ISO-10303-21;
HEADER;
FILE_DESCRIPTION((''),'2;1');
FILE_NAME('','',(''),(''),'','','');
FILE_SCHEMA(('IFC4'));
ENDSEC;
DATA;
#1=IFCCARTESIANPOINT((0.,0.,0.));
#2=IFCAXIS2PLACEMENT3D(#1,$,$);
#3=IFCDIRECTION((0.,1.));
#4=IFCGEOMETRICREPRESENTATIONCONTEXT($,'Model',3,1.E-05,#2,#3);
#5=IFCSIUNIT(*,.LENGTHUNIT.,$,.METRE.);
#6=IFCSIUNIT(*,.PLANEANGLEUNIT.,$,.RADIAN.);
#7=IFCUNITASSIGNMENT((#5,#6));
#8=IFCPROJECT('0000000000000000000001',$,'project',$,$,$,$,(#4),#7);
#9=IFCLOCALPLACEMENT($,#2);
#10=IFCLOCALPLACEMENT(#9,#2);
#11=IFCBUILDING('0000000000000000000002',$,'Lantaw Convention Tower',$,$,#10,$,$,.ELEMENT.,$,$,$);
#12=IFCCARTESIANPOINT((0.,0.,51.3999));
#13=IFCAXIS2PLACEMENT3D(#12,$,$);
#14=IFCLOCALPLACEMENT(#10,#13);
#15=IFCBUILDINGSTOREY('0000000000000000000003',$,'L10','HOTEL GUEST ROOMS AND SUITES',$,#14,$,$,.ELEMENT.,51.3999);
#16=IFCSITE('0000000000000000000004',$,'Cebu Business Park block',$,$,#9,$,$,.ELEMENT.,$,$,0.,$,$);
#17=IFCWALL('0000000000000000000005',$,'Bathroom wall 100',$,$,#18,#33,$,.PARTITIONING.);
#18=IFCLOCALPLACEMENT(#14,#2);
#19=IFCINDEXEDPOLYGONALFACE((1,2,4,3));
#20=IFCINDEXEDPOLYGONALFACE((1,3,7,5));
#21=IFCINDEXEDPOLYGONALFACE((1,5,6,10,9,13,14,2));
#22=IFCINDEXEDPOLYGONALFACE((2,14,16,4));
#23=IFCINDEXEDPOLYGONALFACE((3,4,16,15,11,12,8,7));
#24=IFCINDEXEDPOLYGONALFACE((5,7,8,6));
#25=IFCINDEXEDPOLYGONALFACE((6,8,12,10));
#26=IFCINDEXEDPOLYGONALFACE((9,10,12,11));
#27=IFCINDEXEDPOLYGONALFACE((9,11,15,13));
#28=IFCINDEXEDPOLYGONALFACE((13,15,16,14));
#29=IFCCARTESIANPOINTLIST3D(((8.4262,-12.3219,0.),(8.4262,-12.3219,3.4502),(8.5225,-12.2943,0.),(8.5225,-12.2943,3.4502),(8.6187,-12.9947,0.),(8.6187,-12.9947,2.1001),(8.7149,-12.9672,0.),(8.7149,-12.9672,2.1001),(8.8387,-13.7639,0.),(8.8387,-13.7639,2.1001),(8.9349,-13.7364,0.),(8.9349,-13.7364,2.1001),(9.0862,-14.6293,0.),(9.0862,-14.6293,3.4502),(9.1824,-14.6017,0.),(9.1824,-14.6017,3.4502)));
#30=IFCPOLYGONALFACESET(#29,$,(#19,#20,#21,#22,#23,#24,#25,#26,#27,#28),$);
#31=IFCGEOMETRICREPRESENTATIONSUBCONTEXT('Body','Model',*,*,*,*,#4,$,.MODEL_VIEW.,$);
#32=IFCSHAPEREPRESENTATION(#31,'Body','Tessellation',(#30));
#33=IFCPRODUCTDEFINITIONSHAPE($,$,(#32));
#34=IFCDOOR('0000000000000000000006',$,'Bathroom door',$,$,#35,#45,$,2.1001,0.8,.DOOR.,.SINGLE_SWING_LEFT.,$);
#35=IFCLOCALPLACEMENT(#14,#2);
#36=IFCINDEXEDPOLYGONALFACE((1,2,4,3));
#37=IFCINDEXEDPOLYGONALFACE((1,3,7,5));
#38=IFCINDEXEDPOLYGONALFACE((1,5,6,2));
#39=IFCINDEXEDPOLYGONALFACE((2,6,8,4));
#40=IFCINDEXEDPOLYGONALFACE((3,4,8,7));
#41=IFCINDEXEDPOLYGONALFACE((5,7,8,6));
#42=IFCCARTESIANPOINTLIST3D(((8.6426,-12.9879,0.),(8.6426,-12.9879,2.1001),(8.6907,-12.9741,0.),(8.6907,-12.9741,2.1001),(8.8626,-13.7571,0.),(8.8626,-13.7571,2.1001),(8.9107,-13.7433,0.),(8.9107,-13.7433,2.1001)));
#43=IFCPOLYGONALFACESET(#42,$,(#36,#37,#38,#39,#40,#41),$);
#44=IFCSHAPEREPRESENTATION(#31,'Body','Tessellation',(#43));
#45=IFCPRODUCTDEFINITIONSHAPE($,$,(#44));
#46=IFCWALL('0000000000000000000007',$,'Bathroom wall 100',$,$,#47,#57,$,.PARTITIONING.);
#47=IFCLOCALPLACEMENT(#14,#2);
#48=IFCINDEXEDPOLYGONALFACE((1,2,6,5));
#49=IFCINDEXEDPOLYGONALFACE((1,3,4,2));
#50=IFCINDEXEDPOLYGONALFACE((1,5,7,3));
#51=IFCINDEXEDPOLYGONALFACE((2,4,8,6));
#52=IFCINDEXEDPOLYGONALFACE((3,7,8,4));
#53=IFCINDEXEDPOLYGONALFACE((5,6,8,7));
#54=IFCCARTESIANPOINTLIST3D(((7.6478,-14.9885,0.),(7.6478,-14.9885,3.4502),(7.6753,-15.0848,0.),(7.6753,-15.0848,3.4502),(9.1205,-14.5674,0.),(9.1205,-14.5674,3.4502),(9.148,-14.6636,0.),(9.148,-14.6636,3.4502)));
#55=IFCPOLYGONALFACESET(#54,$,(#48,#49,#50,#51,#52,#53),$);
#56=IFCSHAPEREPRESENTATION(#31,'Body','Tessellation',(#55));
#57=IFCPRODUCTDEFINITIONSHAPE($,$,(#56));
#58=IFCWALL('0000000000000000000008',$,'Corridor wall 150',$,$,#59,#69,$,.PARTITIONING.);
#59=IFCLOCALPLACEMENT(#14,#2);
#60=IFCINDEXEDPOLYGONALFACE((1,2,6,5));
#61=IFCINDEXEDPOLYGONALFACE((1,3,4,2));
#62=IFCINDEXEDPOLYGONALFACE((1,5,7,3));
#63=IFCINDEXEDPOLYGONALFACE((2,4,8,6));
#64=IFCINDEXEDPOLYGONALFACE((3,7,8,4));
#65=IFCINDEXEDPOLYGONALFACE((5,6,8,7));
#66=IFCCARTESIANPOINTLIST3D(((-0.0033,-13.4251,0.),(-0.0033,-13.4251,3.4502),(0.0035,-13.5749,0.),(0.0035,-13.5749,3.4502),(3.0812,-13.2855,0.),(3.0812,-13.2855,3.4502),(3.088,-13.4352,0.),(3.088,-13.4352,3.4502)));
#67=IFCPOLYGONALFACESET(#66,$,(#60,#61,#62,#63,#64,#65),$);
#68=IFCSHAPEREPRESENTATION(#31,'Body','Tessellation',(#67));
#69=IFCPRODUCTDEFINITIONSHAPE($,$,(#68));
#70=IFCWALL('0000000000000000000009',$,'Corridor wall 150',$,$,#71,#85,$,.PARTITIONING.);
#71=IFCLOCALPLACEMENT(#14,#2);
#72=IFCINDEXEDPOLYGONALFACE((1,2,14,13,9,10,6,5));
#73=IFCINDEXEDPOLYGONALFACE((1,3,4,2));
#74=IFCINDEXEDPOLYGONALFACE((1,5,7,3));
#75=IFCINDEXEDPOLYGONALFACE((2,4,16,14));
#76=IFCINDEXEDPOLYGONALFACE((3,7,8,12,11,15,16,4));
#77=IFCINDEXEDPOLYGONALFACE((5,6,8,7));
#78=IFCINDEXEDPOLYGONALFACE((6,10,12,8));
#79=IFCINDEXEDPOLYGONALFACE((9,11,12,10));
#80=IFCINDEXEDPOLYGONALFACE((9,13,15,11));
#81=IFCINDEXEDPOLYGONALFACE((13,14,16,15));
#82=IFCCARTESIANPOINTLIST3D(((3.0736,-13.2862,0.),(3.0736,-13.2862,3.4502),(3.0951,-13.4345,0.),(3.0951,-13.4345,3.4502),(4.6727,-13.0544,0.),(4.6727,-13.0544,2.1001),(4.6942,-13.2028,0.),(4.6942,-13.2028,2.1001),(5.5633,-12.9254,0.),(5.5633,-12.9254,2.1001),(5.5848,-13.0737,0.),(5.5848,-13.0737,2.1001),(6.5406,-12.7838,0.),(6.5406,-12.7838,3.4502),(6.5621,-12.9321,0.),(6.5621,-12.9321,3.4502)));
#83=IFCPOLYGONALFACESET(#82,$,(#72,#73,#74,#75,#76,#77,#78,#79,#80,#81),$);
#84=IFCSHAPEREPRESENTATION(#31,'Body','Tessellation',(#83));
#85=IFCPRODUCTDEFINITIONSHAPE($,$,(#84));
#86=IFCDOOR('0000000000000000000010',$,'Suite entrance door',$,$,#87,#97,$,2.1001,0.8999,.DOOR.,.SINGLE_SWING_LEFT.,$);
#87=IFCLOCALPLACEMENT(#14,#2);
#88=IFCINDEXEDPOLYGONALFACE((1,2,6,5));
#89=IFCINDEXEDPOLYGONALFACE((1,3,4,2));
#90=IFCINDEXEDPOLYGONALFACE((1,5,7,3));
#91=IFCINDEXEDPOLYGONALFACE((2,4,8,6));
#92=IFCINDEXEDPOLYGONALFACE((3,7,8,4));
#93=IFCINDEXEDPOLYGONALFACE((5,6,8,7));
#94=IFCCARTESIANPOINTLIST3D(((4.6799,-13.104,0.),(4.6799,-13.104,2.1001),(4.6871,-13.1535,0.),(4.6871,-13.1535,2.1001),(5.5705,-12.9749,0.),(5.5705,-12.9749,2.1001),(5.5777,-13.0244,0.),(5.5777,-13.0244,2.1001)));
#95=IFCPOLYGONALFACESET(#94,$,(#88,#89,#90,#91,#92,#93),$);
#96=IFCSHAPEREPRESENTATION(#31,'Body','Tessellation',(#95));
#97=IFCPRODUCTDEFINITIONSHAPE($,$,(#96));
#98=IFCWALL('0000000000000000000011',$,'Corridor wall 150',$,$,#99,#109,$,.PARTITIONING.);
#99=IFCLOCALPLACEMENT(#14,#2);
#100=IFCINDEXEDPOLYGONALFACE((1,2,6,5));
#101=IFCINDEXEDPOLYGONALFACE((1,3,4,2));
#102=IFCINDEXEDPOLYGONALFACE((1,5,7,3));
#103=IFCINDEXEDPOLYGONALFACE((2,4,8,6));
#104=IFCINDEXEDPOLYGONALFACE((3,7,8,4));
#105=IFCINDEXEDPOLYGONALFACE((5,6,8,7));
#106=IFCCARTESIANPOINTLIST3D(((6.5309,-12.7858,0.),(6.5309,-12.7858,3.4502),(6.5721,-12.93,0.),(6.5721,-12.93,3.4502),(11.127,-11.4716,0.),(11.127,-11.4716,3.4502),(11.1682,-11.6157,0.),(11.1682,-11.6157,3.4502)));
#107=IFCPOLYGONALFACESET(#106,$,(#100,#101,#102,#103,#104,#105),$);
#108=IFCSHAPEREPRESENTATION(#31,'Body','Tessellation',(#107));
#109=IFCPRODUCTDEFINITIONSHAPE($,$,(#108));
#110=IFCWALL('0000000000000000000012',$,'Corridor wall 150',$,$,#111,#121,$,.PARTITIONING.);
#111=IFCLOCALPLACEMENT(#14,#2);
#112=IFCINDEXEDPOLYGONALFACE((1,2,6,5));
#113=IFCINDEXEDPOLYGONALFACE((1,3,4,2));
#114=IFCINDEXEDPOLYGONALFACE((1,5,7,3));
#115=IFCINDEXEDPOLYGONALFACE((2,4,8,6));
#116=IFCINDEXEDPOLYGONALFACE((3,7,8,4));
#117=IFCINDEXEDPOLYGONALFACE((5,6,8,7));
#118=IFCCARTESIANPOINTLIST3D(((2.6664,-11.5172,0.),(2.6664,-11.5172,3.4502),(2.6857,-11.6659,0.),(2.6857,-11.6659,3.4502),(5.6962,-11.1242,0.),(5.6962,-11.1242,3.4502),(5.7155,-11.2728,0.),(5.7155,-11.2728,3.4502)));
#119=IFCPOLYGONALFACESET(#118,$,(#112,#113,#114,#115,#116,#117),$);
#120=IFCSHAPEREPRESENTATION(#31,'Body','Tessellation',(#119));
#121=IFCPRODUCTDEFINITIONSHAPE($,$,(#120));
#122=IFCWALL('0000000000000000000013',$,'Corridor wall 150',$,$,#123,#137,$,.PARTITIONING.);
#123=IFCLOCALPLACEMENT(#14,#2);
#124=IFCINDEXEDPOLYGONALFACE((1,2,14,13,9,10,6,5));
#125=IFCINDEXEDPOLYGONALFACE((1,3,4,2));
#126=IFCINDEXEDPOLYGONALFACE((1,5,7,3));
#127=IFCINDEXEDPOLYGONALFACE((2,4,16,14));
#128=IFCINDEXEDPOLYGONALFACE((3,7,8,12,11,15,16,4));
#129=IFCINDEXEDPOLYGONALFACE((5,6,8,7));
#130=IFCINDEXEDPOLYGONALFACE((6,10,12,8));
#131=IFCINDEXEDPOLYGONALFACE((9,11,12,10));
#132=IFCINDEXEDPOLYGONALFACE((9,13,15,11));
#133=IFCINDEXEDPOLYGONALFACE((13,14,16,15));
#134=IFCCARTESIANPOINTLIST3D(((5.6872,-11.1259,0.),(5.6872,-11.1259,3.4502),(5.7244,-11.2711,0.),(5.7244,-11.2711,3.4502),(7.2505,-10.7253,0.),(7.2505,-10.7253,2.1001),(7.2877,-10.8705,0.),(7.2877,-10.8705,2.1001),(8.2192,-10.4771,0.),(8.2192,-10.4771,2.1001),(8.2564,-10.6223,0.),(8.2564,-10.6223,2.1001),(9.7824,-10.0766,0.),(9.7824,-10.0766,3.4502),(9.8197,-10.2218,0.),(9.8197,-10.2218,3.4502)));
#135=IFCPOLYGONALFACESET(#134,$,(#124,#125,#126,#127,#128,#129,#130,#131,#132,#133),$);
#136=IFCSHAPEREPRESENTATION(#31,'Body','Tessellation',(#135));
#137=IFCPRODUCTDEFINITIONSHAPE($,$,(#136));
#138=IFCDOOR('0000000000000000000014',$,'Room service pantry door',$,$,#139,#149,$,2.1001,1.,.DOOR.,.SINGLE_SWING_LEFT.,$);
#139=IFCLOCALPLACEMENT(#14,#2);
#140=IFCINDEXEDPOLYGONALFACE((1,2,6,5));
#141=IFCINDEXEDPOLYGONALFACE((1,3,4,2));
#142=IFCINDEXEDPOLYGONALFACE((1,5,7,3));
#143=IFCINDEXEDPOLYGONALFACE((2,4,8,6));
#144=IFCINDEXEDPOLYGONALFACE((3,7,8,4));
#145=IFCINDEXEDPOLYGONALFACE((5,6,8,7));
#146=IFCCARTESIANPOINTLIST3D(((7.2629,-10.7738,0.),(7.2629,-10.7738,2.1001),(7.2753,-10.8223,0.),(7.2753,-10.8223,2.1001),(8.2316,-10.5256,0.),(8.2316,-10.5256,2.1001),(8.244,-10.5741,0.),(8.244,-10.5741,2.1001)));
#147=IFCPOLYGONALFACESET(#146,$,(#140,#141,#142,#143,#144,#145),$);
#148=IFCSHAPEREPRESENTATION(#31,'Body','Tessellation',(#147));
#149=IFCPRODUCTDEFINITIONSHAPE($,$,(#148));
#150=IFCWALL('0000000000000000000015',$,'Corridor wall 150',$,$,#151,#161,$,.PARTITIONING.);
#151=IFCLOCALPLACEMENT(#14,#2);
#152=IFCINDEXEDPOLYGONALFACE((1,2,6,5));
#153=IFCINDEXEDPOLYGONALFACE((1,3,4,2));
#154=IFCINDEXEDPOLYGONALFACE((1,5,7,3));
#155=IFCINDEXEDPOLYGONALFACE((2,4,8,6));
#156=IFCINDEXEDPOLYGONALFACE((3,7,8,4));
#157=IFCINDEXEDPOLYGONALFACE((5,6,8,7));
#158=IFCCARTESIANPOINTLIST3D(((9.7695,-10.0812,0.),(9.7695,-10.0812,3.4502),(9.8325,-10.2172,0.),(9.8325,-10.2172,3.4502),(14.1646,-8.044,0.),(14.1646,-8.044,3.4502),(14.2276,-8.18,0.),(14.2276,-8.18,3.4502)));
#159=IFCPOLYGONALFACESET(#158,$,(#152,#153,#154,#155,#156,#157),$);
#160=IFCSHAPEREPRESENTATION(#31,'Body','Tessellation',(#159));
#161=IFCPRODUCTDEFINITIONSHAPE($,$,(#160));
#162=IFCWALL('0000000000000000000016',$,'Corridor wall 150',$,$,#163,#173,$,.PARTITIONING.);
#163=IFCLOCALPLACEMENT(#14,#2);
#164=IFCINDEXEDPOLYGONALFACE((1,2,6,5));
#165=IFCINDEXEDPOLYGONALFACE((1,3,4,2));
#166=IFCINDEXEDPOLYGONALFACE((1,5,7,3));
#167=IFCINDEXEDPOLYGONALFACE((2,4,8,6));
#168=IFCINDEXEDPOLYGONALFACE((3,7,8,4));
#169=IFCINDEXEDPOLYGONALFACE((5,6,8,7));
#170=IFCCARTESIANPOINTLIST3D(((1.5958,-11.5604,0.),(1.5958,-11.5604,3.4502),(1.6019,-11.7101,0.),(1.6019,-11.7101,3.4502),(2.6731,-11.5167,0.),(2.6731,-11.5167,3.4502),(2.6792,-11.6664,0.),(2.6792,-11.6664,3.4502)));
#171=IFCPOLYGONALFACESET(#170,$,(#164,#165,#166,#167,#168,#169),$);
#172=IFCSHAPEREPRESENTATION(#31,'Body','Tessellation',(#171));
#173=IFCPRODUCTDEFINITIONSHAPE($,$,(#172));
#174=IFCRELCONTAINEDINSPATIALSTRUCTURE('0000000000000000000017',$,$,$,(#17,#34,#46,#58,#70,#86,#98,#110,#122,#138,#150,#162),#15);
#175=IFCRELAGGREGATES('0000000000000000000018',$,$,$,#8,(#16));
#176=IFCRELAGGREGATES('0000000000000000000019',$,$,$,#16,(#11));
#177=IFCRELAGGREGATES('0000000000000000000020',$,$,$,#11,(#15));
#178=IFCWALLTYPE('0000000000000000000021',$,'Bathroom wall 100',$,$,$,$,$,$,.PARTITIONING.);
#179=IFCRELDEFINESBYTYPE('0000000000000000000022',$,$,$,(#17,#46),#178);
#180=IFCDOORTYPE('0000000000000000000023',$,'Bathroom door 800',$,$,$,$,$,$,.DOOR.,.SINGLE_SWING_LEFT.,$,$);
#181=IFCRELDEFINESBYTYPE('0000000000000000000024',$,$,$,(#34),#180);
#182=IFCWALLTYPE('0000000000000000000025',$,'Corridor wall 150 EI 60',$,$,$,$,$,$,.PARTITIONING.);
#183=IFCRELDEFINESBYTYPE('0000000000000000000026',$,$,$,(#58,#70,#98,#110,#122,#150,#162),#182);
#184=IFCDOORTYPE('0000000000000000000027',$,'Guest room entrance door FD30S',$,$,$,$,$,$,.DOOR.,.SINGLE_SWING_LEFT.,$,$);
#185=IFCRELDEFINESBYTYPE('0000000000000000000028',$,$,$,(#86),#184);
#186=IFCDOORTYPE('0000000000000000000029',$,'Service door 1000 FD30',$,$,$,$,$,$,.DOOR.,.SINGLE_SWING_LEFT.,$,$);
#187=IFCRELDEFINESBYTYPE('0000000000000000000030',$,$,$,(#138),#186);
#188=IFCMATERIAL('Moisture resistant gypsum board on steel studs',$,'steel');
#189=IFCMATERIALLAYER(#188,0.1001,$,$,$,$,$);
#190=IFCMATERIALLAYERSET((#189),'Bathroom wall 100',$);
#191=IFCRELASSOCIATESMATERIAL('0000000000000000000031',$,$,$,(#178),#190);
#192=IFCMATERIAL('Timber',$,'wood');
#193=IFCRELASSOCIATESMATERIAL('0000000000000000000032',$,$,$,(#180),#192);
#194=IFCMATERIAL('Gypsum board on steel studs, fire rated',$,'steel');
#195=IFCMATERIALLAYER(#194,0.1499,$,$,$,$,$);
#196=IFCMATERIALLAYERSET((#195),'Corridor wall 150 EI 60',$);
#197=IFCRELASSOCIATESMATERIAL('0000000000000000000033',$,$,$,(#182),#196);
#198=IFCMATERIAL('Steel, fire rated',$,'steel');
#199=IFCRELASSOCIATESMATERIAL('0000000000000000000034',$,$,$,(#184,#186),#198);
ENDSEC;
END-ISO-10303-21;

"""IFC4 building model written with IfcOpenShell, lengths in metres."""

from ifc_helpers import new_model, si_unit, direction, frame, frame_2d, origin, place, context, subcontext, project, spatial, rectangle, extrude, material, layer, layer_set, type_object, element, fill, save


model = new_model("IFC4")

# Units and contexts
model_context = context("Model", 3, precision=1e-05, world=origin(), true_north=direction((0.0, 1.0)))
body_context = subcontext(model_context, "Body", "Model", "MODEL_VIEW")
ifc_project = project(units=[si_unit("LENGTHUNIT", "METRE"), si_unit("PLANEANGLEUNIT", "RADIAN")], contexts=[model_context])

# Site, building, storey
site_placement = place(None, origin())
site = spatial("IfcSite", under=ifc_project, at=site_placement, Name="Cebu Business Park block", CompositionType="ELEMENT", RefElevation=0.0)
building_placement = place(site_placement, origin())
building = spatial("IfcBuilding", under=site, at=building_placement, Name="Lantaw Convention Tower", CompositionType="ELEMENT")
storey_placement = place(building_placement, frame((0.0, 0.0, 51.3999)))
storey = spatial("IfcBuildingStorey", under=building, at=storey_placement, Name="L10", Description="HOTEL GUEST ROOMS AND SUITES", CompositionType="ELEMENT", Elevation=51.3999)

# Shared definitions
ifc_material_1 = material(Name="Moisture resistant gypsum board on steel studs", Category="steel")
ifc_layer_1 = layer(ifc_material_1, 0.1001)
ifc_layer_set_1 = layer_set([ifc_layer_1], Name="Bathroom wall 100")
wall_type_1 = type_object("IfcWallType", Name="Bathroom wall 100", PredefinedType="PARTITIONING", material=ifc_layer_set_1)
ifc_material_2 = material(Name="Timber", Category="wood")
door_type_1 = type_object("IfcDoorType", Name="Bathroom door 800", OperationType="SINGLE_SWING_LEFT", PredefinedType="DOOR", material=ifc_material_2)

# Wall, opening, door
wall_1_placement = place(storey_placement, frame((8.4744, -12.3081, 0.0), z_axis=(0.0, 0.0, 1.0), x_axis=(0.274976, -0.961451, 0.0)))
wall_1 = element("IfcWall", 1, at=wall_1_placement, inside=storey, type_object=wall_type_1, Name="Bathroom wall 100", PredefinedType="PARTITIONING", context=body_context, shape_type="SweptSolid", body=[
    extrude(rectangle(XDim=2.3999, YDim=0.1001, at=frame_2d((1.2, 0.0))), origin(), (0.0, 0.0, 1.0), 3.4502),
])
opening_1_placement = place(wall_1_placement, frame((0.7, 0.0, 0.0)))
opening_1 = element("IfcOpeningElement", 2, at=opening_1_placement, cuts=wall_1, PredefinedType="OPENING", context=body_context, shape_type="SweptSolid", body=[
    extrude(rectangle(XDim=0.8, YDim=2.1001, at=frame_2d((0.3999, 1.05))), frame((0.0, 0.0601, 0.0), z_axis=(0.0, -1.0, 0.0), x_axis=(1.0, 0.0, 0.0)), (0.0, 0.0, 1.0), 0.1201),
])
door_1_placement = place(opening_1_placement, origin())
door_1 = element("IfcDoor", 3, at=door_1_placement, inside=storey, type_object=door_type_1, Name="Bathroom door", OperationType="SINGLE_SWING_LEFT", OverallHeight=2.1001, OverallWidth=0.8, PredefinedType="DOOR", context=body_context, shape_type="SweptSolid", body=[
    extrude(rectangle(XDim=0.8, YDim=2.1001, at=frame_2d((0.3999, 1.05))), frame((0.0, 0.0249, 0.0), z_axis=(0.0, -1.0, 0.0), x_axis=(1.0, 0.0, 0.0)), (0.0, 0.0, 1.0), 0.05),
])
fill(opening_1, door_1)

# Walls
wall_2_placement = place(storey_placement, frame((9.1343, -14.6155, 0.0), z_axis=(0.0, 0.0, 1.0), x_axis=(-0.961458, -0.274953, 0.0)))
element("IfcWall", 4, at=wall_2_placement, inside=storey, type_object=wall_type_1, Name="Bathroom wall 100", PredefinedType="PARTITIONING", context=body_context, shape_type="SweptSolid", body=[
    extrude(rectangle(XDim=1.5317, YDim=0.1001, at=frame_2d((0.7659, 0.0))), origin(), (0.0, 0.0, 1.0), 3.4502),
])
ifc_material_3 = material(Name="Gypsum board on steel studs, fire rated", Category="steel")
ifc_layer_2 = layer(ifc_material_3, 0.1499)
ifc_layer_set_2 = layer_set([ifc_layer_2], Name="Corridor wall 150 EI 60")
wall_type_2 = type_object("IfcWallType", Name="Corridor wall 150 EI 60", PredefinedType="PARTITIONING", material=ifc_layer_set_2)
wall_3_placement = place(storey_placement, frame((0.0, -13.5, 0.0), z_axis=(0.0, 0.0, 1.0), x_axis=(0.998977, 0.045228, 0.0)))
element("IfcWall", 5, at=wall_3_placement, inside=storey, type_object=wall_type_2, Name="Corridor wall 150", PredefinedType="PARTITIONING", context=body_context, shape_type="SweptSolid", body=[
    extrude(rectangle(XDim=3.0876, YDim=0.1499, at=frame_2d((1.5439, 0.0))), origin(), (0.0, 0.0, 1.0), 3.4502),
])

# Wall, opening, door
wall_4_placement = place(storey_placement, frame((3.0845, -13.3604, 0.0), z_axis=(0.0, 0.0, 1.0), x_axis=(0.989662, 0.143421, 0.0)))
wall_4 = element("IfcWall", 6, at=wall_4_placement, inside=storey, type_object=wall_type_2, Name="Corridor wall 150", PredefinedType="PARTITIONING", context=body_context, shape_type="SweptSolid", body=[
    extrude(rectangle(XDim=3.5032, YDim=0.1499, at=frame_2d((1.7515, 0.0))), origin(), (0.0, 0.0, 1.0), 3.4502),
])
opening_2_placement = place(wall_4_placement, frame((1.6157, 0.0, 0.0)))
opening_2 = element("IfcOpeningElement", 7, at=opening_2_placement, cuts=wall_4, PredefinedType="OPENING", context=body_context, shape_type="SweptSolid", body=[
    extrude(rectangle(XDim=0.8999, YDim=2.1001, at=frame_2d((0.45, 1.05))), frame((0.0, 0.085, 0.0), z_axis=(0.0, -1.0, 0.0), x_axis=(1.0, 0.0, 0.0)), (0.0, 0.0, 1.0), 0.1699),
])
ifc_material_4 = material(Name="Steel, fire rated", Category="steel")
door_type_2 = type_object("IfcDoorType", Name="Guest room entrance door FD30S", OperationType="SINGLE_SWING_LEFT", PredefinedType="DOOR", material=ifc_material_4)
door_2_placement = place(opening_2_placement, origin())
door_2 = element("IfcDoor", 8, at=door_2_placement, inside=storey, type_object=door_type_2, Name="Suite entrance door", OperationType="SINGLE_SWING_LEFT", OverallHeight=2.1001, OverallWidth=0.8999, PredefinedType="DOOR", context=body_context, shape_type="SweptSolid", body=[
    extrude(rectangle(XDim=0.8999, YDim=2.1001, at=frame_2d((0.45, 1.05))), frame((0.0, 0.0249, 0.0), z_axis=(0.0, -1.0, 0.0), x_axis=(1.0, 0.0, 0.0)), (0.0, 0.0, 1.0), 0.05),
])
fill(opening_2, door_2)

# Walls
wall_5_placement = place(storey_placement, frame((6.5515, -12.8579, 0.0), z_axis=(0.0, 0.0, 1.0), x_axis=(0.961464, 0.27493, 0.0)))
element("IfcWall", 9, at=wall_5_placement, inside=storey, type_object=wall_type_2, Name="Corridor wall 150", PredefinedType="PARTITIONING", context=body_context, shape_type="SweptSolid", body=[
    extrude(rectangle(XDim=4.7803, YDim=0.1499, at=frame_2d((2.3901, 0.0))), origin(), (0.0, 0.0, 1.0), 3.4502),
])
wall_6_placement = place(storey_placement, frame((2.676, -11.5916, 0.0), z_axis=(0.0, 0.0, 1.0), x_axis=(0.991689, 0.128656, 0.0)))
element("IfcWall", 10, at=wall_6_placement, inside=storey, type_object=wall_type_2, Name="Corridor wall 150", PredefinedType="PARTITIONING", context=body_context, shape_type="SweptSolid", body=[
    extrude(rectangle(XDim=3.0552, YDim=0.1499, at=frame_2d((1.5276, 0.0))), origin(), (0.0, 0.0, 1.0), 3.4502),
])

# Wall, opening, door
wall_7_placement = place(storey_placement, frame((5.7058, -11.1985, 0.0), z_axis=(0.0, 0.0, 1.0), x_axis=(0.968706, 0.248211, 0.0)))
wall_7 = element("IfcWall", 11, at=wall_7_placement, inside=storey, type_object=wall_type_2, Name="Corridor wall 150", PredefinedType="PARTITIONING", context=body_context, shape_type="SweptSolid", body=[
    extrude(rectangle(XDim=4.2275, YDim=0.1499, at=frame_2d((2.1138, 0.0))), origin(), (0.0, 0.0, 1.0), 3.4502),
])
opening_3_placement = place(wall_7_placement, frame((1.6138, 0.0, 0.0)))
opening_3 = element("IfcOpeningElement", 12, at=opening_3_placement, cuts=wall_7, PredefinedType="OPENING", context=body_context, shape_type="SweptSolid", body=[
    extrude(rectangle(XDim=1.0, YDim=2.1001, at=frame_2d((0.5, 1.05))), frame((0.0, 0.085, 0.0), z_axis=(0.0, -1.0, 0.0), x_axis=(1.0, 0.0, 0.0)), (0.0, 0.0, 1.0), 0.1699),
])
door_type_3 = type_object("IfcDoorType", Name="Service door 1000 FD30", OperationType="SINGLE_SWING_LEFT", PredefinedType="DOOR", material=ifc_material_4)
door_3_placement = place(opening_3_placement, origin())
door_3 = element("IfcDoor", 13, at=door_3_placement, inside=storey, type_object=door_type_3, Name="Room service pantry door", OperationType="SINGLE_SWING_LEFT", OverallHeight=2.1001, OverallWidth=1.0, PredefinedType="DOOR", context=body_context, shape_type="SweptSolid", body=[
    extrude(rectangle(XDim=1.0, YDim=2.1001, at=frame_2d((0.5, 1.05))), frame((0.0, 0.0249, 0.0), z_axis=(0.0, -1.0, 0.0), x_axis=(1.0, 0.0, 0.0)), (0.0, 0.0, 1.0), 0.05),
])
fill(opening_3, door_3)

# Walls
wall_8_placement = place(storey_placement, frame((9.801, -10.1492, 0.0), z_axis=(0.0, 0.0, 1.0), x_axis=(0.90728, 0.420528, 0.0)))
element("IfcWall", 14, at=wall_8_placement, inside=storey, type_object=wall_type_2, Name="Corridor wall 150", PredefinedType="PARTITIONING", context=body_context, shape_type="SweptSolid", body=[
    extrude(rectangle(XDim=4.8442, YDim=0.1499, at=frame_2d((2.4221, 0.0))), origin(), (0.0, 0.0, 1.0), 3.4502),
])
wall_9_placement = place(storey_placement, frame((1.5989, -11.6353, 0.0), z_axis=(0.0, 0.0, 1.0), x_axis=(0.999178, 0.040538, 0.0)))
element("IfcWall", 15, at=wall_9_placement, inside=storey, type_object=wall_type_2, Name="Corridor wall 150", PredefinedType="PARTITIONING", context=body_context, shape_type="SweptSolid", body=[
    extrude(rectangle(XDim=1.0781, YDim=0.1499, at=frame_2d((0.5391, 0.0))), origin(), (0.0, 0.0, 1.0), 3.4502),
])

save(model, "model.ifc")
